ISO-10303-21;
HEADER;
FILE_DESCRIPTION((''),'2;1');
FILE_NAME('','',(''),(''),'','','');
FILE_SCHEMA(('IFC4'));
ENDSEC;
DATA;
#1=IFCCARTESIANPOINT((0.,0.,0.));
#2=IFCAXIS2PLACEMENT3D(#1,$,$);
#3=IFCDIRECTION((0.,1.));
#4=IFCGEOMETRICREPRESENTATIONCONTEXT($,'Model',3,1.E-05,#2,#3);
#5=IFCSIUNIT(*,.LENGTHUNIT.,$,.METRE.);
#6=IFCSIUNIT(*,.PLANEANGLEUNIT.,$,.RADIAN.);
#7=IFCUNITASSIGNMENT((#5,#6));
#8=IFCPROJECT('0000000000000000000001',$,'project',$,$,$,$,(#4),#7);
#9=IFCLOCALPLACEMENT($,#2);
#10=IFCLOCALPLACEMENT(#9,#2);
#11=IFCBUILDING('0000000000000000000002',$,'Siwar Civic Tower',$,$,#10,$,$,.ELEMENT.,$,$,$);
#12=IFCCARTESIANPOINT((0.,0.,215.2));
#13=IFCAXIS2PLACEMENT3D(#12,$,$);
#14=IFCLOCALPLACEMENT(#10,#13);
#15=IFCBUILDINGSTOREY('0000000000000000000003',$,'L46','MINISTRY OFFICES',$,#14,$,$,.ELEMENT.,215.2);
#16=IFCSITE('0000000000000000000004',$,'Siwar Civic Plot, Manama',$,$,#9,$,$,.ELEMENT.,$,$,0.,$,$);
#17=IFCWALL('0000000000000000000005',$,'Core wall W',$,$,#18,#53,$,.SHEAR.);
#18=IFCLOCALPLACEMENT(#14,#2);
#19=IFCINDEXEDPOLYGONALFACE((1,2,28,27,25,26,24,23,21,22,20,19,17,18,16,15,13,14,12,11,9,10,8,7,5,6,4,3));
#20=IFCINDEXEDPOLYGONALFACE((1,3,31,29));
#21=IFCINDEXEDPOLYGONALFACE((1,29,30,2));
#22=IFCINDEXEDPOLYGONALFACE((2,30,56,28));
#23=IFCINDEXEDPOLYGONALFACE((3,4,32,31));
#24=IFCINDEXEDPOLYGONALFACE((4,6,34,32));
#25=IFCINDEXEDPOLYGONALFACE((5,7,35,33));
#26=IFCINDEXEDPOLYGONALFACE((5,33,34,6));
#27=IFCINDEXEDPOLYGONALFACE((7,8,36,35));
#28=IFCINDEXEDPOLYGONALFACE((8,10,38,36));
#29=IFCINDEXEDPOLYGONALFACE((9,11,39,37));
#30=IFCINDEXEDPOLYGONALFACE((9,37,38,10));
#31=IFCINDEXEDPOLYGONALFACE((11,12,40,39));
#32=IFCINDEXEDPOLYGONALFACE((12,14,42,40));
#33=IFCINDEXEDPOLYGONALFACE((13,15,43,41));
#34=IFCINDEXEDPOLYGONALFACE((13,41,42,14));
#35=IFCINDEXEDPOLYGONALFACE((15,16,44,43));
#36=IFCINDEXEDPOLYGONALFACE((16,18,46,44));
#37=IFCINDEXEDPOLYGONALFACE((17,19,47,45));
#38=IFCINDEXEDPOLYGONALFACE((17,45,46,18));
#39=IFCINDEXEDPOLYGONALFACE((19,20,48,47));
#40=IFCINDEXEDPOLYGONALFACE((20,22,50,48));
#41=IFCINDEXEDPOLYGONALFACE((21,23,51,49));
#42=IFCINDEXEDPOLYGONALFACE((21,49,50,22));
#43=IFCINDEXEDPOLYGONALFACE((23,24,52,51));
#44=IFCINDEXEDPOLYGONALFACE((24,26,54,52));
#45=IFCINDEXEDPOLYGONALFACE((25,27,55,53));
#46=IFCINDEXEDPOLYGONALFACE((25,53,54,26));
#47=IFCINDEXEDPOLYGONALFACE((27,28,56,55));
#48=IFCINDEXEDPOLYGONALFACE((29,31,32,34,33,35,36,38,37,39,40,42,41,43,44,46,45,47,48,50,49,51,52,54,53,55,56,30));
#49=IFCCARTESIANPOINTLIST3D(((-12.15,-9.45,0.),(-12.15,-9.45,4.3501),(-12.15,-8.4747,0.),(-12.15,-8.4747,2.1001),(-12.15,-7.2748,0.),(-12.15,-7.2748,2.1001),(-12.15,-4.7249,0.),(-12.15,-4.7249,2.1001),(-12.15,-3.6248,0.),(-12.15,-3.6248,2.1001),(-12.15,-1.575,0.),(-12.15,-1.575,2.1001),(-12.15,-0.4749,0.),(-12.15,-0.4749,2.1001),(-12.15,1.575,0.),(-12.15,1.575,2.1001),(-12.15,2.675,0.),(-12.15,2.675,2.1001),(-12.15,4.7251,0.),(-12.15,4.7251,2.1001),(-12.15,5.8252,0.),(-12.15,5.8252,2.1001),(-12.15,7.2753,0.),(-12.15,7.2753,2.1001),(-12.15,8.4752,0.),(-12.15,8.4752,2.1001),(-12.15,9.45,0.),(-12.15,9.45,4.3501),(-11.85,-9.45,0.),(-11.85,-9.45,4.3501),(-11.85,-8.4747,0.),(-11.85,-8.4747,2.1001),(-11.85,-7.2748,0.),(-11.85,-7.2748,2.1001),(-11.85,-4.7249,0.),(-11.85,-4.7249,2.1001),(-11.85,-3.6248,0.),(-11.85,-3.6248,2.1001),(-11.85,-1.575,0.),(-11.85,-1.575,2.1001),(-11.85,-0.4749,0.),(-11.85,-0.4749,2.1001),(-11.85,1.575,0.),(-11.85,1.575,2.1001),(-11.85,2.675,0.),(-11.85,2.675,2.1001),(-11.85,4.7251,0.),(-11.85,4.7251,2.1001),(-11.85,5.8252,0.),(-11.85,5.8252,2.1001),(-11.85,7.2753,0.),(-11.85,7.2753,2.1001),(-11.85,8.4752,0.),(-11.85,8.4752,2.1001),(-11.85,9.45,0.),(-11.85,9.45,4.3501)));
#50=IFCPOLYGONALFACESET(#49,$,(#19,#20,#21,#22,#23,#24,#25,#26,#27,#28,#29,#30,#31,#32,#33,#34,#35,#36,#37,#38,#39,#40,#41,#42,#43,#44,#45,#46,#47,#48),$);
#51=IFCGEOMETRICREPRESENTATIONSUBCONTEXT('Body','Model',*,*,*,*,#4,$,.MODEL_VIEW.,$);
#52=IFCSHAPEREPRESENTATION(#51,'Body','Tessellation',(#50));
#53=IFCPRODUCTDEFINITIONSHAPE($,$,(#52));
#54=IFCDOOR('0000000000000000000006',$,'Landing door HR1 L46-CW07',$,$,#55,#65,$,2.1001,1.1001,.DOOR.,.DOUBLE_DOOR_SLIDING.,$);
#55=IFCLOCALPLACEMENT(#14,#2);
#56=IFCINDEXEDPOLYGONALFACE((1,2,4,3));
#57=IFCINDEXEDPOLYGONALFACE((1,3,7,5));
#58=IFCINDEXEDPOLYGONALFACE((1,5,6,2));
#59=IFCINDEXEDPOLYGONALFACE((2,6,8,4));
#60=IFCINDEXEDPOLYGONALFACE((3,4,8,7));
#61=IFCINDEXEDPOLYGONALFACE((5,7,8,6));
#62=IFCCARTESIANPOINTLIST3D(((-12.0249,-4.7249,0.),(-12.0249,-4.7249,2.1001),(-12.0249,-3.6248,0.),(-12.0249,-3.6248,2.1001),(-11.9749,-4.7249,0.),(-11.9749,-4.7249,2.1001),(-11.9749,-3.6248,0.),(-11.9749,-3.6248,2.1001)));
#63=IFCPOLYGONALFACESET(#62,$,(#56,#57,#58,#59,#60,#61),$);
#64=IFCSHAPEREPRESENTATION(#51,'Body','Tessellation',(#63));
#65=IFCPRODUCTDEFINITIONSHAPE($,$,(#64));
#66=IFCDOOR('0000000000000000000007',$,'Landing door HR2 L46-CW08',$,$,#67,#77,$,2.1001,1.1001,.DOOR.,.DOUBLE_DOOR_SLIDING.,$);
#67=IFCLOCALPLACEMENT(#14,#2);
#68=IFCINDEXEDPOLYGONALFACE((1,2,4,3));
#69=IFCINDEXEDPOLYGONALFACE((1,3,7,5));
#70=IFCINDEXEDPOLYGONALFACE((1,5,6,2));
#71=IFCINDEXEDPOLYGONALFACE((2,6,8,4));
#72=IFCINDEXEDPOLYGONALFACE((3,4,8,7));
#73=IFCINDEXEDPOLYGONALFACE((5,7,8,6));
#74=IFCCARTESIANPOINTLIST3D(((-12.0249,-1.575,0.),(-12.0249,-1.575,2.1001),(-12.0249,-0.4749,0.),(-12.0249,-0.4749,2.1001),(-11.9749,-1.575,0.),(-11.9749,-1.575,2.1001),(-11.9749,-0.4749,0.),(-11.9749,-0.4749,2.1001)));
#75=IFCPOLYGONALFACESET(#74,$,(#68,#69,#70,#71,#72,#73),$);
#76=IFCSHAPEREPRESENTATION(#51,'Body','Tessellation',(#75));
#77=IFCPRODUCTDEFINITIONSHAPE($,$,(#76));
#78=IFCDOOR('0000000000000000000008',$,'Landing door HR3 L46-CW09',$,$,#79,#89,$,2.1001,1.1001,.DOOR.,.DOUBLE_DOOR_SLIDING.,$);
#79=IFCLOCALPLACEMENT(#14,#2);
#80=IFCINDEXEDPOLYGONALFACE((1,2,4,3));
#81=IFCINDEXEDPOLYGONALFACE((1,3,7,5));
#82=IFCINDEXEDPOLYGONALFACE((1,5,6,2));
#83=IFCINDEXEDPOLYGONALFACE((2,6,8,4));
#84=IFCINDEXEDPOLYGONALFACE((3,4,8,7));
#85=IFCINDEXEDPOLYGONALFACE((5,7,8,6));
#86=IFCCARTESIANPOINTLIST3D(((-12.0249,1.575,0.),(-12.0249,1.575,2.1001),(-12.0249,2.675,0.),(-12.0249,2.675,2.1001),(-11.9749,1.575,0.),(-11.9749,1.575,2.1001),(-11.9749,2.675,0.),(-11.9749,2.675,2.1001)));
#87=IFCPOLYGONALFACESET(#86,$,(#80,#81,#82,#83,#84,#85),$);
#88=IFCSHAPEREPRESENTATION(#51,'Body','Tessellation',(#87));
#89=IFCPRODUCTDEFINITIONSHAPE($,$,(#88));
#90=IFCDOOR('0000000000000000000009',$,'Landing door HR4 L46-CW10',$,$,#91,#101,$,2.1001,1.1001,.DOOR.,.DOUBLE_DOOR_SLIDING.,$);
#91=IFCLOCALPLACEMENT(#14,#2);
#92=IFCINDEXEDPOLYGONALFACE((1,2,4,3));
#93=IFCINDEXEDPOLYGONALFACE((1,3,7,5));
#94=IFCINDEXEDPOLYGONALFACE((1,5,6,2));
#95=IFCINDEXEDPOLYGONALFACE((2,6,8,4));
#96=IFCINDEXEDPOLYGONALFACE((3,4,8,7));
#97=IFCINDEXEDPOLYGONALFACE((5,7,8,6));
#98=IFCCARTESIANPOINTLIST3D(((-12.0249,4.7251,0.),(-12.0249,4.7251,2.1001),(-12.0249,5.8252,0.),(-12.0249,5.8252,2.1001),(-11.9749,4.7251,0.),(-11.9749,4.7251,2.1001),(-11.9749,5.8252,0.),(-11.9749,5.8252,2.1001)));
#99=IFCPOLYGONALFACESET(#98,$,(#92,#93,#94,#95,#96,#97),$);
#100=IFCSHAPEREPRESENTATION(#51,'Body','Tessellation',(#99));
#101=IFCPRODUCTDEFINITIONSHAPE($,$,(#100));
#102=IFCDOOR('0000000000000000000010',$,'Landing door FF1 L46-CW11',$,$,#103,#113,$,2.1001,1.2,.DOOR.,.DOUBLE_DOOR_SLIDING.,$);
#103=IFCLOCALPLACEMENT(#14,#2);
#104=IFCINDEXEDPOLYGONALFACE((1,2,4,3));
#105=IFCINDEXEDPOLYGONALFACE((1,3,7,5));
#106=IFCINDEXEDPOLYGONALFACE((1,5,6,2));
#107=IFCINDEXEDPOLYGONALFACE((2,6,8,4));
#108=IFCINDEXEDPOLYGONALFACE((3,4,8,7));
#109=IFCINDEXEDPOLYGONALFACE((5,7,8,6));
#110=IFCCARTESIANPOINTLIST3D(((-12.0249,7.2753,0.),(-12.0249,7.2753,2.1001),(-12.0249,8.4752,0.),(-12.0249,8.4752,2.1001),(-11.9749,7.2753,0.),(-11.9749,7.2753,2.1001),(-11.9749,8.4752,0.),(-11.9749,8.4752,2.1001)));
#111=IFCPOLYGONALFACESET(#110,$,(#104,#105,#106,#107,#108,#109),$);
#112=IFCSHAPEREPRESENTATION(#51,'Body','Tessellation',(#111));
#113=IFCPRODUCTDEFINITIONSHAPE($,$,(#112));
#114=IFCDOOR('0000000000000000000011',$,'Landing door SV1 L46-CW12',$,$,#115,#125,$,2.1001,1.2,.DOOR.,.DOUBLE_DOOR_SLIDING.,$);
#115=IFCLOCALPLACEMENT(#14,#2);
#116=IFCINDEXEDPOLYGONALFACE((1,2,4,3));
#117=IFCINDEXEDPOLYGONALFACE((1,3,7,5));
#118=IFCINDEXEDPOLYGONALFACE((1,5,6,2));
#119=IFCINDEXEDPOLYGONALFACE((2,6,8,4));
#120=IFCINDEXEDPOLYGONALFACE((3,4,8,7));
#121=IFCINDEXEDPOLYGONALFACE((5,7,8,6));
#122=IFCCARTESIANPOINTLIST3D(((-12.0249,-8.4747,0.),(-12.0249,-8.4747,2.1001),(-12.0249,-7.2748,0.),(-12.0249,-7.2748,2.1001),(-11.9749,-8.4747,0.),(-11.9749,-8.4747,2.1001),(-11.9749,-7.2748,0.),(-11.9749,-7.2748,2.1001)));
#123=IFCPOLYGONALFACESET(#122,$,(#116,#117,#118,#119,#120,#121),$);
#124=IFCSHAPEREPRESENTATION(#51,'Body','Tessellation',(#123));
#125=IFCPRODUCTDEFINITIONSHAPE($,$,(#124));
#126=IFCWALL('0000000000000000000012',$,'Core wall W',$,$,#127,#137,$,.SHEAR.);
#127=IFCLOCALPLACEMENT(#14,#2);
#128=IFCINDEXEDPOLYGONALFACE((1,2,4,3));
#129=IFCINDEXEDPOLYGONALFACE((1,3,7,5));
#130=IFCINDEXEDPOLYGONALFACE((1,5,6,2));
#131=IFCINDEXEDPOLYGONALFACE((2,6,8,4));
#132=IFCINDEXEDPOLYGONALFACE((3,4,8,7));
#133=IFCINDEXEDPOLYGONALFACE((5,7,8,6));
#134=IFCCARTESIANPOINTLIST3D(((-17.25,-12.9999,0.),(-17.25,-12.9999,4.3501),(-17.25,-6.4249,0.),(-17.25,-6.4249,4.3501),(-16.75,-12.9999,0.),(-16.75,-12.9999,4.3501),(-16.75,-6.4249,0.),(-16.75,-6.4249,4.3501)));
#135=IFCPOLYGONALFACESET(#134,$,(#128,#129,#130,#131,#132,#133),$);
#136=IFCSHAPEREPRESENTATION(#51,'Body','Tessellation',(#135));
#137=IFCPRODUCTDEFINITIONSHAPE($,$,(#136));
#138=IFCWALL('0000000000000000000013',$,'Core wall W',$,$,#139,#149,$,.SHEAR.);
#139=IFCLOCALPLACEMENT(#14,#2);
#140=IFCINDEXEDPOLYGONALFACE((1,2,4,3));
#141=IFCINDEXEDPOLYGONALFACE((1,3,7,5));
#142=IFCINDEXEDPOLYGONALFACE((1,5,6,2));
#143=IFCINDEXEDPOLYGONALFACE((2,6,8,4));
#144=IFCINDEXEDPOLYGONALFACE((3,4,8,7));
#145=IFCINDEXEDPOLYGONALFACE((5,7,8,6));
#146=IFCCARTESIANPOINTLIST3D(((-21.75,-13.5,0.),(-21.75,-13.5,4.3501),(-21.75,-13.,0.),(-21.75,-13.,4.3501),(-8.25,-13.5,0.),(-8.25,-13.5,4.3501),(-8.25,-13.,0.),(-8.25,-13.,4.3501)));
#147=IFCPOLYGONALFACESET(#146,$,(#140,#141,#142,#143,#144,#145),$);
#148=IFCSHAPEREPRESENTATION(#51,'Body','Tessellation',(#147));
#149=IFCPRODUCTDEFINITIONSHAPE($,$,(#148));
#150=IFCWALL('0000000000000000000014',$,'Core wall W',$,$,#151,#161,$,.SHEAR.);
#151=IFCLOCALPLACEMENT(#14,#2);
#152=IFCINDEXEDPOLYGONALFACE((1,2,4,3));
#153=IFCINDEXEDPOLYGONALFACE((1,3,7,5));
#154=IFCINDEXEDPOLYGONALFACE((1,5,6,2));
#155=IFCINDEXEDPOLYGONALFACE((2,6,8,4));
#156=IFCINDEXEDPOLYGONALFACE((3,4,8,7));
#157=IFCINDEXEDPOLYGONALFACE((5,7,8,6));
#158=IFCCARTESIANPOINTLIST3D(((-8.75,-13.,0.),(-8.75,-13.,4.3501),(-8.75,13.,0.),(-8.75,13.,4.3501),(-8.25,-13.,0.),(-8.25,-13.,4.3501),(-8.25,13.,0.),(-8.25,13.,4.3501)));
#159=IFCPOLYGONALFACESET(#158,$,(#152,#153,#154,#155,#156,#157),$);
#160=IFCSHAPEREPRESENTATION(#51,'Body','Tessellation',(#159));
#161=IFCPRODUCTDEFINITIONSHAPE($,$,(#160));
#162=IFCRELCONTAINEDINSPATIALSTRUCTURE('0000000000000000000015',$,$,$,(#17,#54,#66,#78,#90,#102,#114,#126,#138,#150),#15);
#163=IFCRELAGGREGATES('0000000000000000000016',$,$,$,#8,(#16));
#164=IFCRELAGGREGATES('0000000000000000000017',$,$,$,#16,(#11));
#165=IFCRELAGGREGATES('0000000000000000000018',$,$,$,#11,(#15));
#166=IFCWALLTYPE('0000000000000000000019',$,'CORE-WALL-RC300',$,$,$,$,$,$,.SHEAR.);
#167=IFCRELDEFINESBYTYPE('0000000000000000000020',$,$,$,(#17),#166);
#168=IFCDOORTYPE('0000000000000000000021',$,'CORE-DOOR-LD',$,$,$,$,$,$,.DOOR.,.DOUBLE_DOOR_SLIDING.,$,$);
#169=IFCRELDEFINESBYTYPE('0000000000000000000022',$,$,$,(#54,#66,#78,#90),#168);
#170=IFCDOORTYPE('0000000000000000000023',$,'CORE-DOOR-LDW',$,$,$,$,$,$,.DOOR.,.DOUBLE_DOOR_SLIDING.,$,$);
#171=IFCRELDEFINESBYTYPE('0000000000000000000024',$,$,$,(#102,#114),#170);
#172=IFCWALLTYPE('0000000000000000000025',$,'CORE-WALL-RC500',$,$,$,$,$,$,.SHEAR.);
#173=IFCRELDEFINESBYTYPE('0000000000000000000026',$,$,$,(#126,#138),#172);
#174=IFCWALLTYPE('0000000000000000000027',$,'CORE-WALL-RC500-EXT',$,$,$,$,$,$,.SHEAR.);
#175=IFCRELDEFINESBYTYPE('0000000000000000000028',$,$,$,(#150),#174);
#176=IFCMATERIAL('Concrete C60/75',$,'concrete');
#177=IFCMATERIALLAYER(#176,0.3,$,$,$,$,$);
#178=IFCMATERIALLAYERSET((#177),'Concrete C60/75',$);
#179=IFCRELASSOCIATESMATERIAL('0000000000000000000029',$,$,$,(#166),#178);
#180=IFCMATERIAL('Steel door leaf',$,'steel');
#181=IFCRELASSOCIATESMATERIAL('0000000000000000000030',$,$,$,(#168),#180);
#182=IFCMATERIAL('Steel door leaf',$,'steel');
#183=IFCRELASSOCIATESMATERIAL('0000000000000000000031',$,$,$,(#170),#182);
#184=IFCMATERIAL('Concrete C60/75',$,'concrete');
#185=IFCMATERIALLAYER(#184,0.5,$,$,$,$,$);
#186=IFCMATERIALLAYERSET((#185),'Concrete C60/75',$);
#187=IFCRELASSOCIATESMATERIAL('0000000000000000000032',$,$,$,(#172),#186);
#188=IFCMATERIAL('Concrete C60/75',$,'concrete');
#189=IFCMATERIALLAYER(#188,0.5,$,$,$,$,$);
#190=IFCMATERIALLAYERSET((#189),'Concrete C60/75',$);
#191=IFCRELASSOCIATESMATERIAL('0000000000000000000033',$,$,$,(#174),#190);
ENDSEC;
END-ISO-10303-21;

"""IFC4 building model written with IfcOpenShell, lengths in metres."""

from ifc_helpers import new_model, si_unit, direction, frame, frame_2d, origin, place, context, subcontext, project, spatial, rectangle, extrude, material, layer, layer_set, type_object, element, fill, save


model = new_model("IFC4")

# Units and contexts
model_context = context("Model", 3, precision=1e-05, world=origin(), true_north=direction((0.0, 1.0)))
body_context = subcontext(model_context, "Body", "Model", "MODEL_VIEW")
ifc_project = project(units=[si_unit("LENGTHUNIT", "METRE"), si_unit("PLANEANGLEUNIT", "RADIAN")], contexts=[model_context])

# Site, building, storey
site_placement = place(None, origin())
site = spatial("IfcSite", under=ifc_project, at=site_placement, Name="Siwar Civic Plot, Manama", CompositionType="ELEMENT", RefElevation=0.0)
building_placement = place(site_placement, origin())
building = spatial("IfcBuilding", under=site, at=building_placement, Name="Siwar Civic Tower", CompositionType="ELEMENT")
storey_placement = place(building_placement, frame((0.0, 0.0, 215.2)))
storey = spatial("IfcBuildingStorey", under=building, at=storey_placement, Name="L46", Description="MINISTRY OFFICES", CompositionType="ELEMENT", Elevation=215.2)

# Wall, openings, doors
ifc_material_1 = material(Name="Concrete C60/75", Category="concrete")
ifc_layer_1 = layer(ifc_material_1, 0.3)
ifc_layer_set_1 = layer_set([ifc_layer_1], Name="Concrete C60/75")
wall_type_1 = type_object("IfcWallType", Name="CORE-WALL-RC300", PredefinedType="SHEAR", material=ifc_layer_set_1)
wall_1_placement = place(storey_placement, frame((-12.0, -9.45, 0.0), z_axis=(0.0, 0.0, 1.0), x_axis=(0.0, 1.0, 0.0)))
wall_1 = element("IfcWall", 1, at=wall_1_placement, inside=storey, type_object=wall_type_1, Name="Core wall W", PredefinedType="SHEAR", context=body_context, shape_type="SweptSolid", body=[
    extrude(rectangle(XDim=18.8999, YDim=0.3, at=frame_2d((9.45, 0.0))), origin(), (0.0, 0.0, 1.0), 4.3501),
])
opening_1_placement = place(wall_1_placement, frame((4.7251, 0.0, 0.0)))
opening_1 = element("IfcOpeningElement", 2, at=opening_1_placement, cuts=wall_1, PredefinedType="OPENING", context=body_context, shape_type="SweptSolid", body=[
    extrude(rectangle(XDim=1.1001, YDim=2.1001, at=frame_2d((0.55, 1.05))), frame((0.0, 0.1602, 0.0), z_axis=(0.0, -1.0, 0.0), x_axis=(1.0, 0.0, 0.0)), (0.0, 0.0, 1.0), 0.3201),
])
opening_2_placement = place(wall_1_placement, frame((7.875, 0.0, 0.0)))
opening_2 = element("IfcOpeningElement", 3, at=opening_2_placement, cuts=wall_1, PredefinedType="OPENING", context=body_context, shape_type="SweptSolid", body=[
    extrude(rectangle(XDim=1.1001, YDim=2.1001, at=frame_2d((0.55, 1.05))), frame((0.0, 0.1602, 0.0), z_axis=(0.0, -1.0, 0.0), x_axis=(1.0, 0.0, 0.0)), (0.0, 0.0, 1.0), 0.3201),
])
opening_3_placement = place(wall_1_placement, frame((11.0249, 0.0, 0.0)))
opening_3 = element("IfcOpeningElement", 4, at=opening_3_placement, cuts=wall_1, PredefinedType="OPENING", context=body_context, shape_type="SweptSolid", body=[
    extrude(rectangle(XDim=1.1001, YDim=2.1001, at=frame_2d((0.55, 1.05))), frame((0.0, 0.1602, 0.0), z_axis=(0.0, -1.0, 0.0), x_axis=(1.0, 0.0, 0.0)), (0.0, 0.0, 1.0), 0.3201),
])
opening_4_placement = place(wall_1_placement, frame((14.175, 0.0, 0.0)))
opening_4 = element("IfcOpeningElement", 5, at=opening_4_placement, cuts=wall_1, PredefinedType="OPENING", context=body_context, shape_type="SweptSolid", body=[
    extrude(rectangle(XDim=1.1001, YDim=2.1001, at=frame_2d((0.55, 1.05))), frame((0.0, 0.1602, 0.0), z_axis=(0.0, -1.0, 0.0), x_axis=(1.0, 0.0, 0.0)), (0.0, 0.0, 1.0), 0.3201),
])
opening_5_placement = place(wall_1_placement, frame((16.7251, 0.0, 0.0)))
opening_5 = element("IfcOpeningElement", 6, at=opening_5_placement, cuts=wall_1, PredefinedType="OPENING", context=body_context, shape_type="SweptSolid", body=[
    extrude(rectangle(XDim=1.2, YDim=2.1001, at=frame_2d((0.6001, 1.05))), frame((0.0, 0.1602, 0.0), z_axis=(0.0, -1.0, 0.0), x_axis=(1.0, 0.0, 0.0)), (0.0, 0.0, 1.0), 0.3201),
])
opening_6_placement = place(wall_1_placement, frame((0.9751, 0.0, 0.0)))
opening_6 = element("IfcOpeningElement", 7, at=opening_6_placement, cuts=wall_1, PredefinedType="OPENING", context=body_context, shape_type="SweptSolid", body=[
    extrude(rectangle(XDim=1.2, YDim=2.1001, at=frame_2d((0.6001, 1.05))), frame((0.0, 0.1602, 0.0), z_axis=(0.0, -1.0, 0.0), x_axis=(1.0, 0.0, 0.0)), (0.0, 0.0, 1.0), 0.3201),
])
ifc_material_2 = material(Name="Steel door leaf", Category="steel")
door_type_1 = type_object("IfcDoorType", Name="CORE-DOOR-LD", OperationType="DOUBLE_DOOR_SLIDING", PredefinedType="DOOR", material=ifc_material_2)
door_1_placement = place(opening_1_placement, origin())
door_1 = element("IfcDoor", 8, at=door_1_placement, inside=storey, type_object=door_type_1, Name="Landing door HR1 L46-CW07", OperationType="DOUBLE_DOOR_SLIDING", OverallHeight=2.1001, OverallWidth=1.1001, PredefinedType="DOOR", context=body_context, shape_type="SweptSolid", body=[
    extrude(rectangle(XDim=1.1001, YDim=2.1001, at=frame_2d((0.55, 1.05))), frame((0.0, 0.0249, 0.0), z_axis=(0.0, -1.0, 0.0), x_axis=(1.0, 0.0, 0.0)), (0.0, 0.0, 1.0), 0.05),
])
fill(opening_1, door_1)
door_2_placement = place(opening_2_placement, origin())
door_2 = element("IfcDoor", 9, at=door_2_placement, inside=storey, type_object=door_type_1, Name="Landing door HR2 L46-CW08", OperationType="DOUBLE_DOOR_SLIDING", OverallHeight=2.1001, OverallWidth=1.1001, PredefinedType="DOOR", context=body_context, shape_type="SweptSolid", body=[
    extrude(rectangle(XDim=1.1001, YDim=2.1001, at=frame_2d((0.55, 1.05))), frame((0.0, 0.0249, 0.0), z_axis=(0.0, -1.0, 0.0), x_axis=(1.0, 0.0, 0.0)), (0.0, 0.0, 1.0), 0.05),
])
fill(opening_2, door_2)
door_3_placement = place(opening_3_placement, origin())
door_3 = element("IfcDoor", 10, at=door_3_placement, inside=storey, type_object=door_type_1, Name="Landing door HR3 L46-CW09", OperationType="DOUBLE_DOOR_SLIDING", OverallHeight=2.1001, OverallWidth=1.1001, PredefinedType="DOOR", context=body_context, shape_type="SweptSolid", body=[
    extrude(rectangle(XDim=1.1001, YDim=2.1001, at=frame_2d((0.55, 1.05))), frame((0.0, 0.0249, 0.0), z_axis=(0.0, -1.0, 0.0), x_axis=(1.0, 0.0, 0.0)), (0.0, 0.0, 1.0), 0.05),
])
fill(opening_3, door_3)
door_4_placement = place(opening_4_placement, origin())
door_4 = element("IfcDoor", 11, at=door_4_placement, inside=storey, type_object=door_type_1, Name="Landing door HR4 L46-CW10", OperationType="DOUBLE_DOOR_SLIDING", OverallHeight=2.1001, OverallWidth=1.1001, PredefinedType="DOOR", context=body_context, shape_type="SweptSolid", body=[
    extrude(rectangle(XDim=1.1001, YDim=2.1001, at=frame_2d((0.55, 1.05))), frame((0.0, 0.0249, 0.0), z_axis=(0.0, -1.0, 0.0), x_axis=(1.0, 0.0, 0.0)), (0.0, 0.0, 1.0), 0.05),
])
fill(opening_4, door_4)
ifc_material_3 = material(Name="Steel door leaf", Category="steel")
door_type_2 = type_object("IfcDoorType", Name="CORE-DOOR-LDW", OperationType="DOUBLE_DOOR_SLIDING", PredefinedType="DOOR", material=ifc_material_3)
door_5_placement = place(opening_5_placement, origin())
door_5 = element("IfcDoor", 12, at=door_5_placement, inside=storey, type_object=door_type_2, Name="Landing door FF1 L46-CW11", OperationType="DOUBLE_DOOR_SLIDING", OverallHeight=2.1001, OverallWidth=1.2, PredefinedType="DOOR", context=body_context, shape_type="SweptSolid", body=[
    extrude(rectangle(XDim=1.2, YDim=2.1001, at=frame_2d((0.6001, 1.05))), frame((0.0, 0.0249, 0.0), z_axis=(0.0, -1.0, 0.0), x_axis=(1.0, 0.0, 0.0)), (0.0, 0.0, 1.0), 0.05),
])
fill(opening_5, door_5)
door_6_placement = place(opening_6_placement, origin())
door_6 = element("IfcDoor", 13, at=door_6_placement, inside=storey, type_object=door_type_2, Name="Landing door SV1 L46-CW12", OperationType="DOUBLE_DOOR_SLIDING", OverallHeight=2.1001, OverallWidth=1.2, PredefinedType="DOOR", context=body_context, shape_type="SweptSolid", body=[
    extrude(rectangle(XDim=1.2, YDim=2.1001, at=frame_2d((0.6001, 1.05))), frame((0.0, 0.0249, 0.0), z_axis=(0.0, -1.0, 0.0), x_axis=(1.0, 0.0, 0.0)), (0.0, 0.0, 1.0), 0.05),
])
fill(opening_6, door_6)

# Walls
ifc_material_4 = material(Name="Concrete C60/75", Category="concrete")
ifc_layer_2 = layer(ifc_material_4, 0.5)
ifc_layer_set_2 = layer_set([ifc_layer_2], Name="Concrete C60/75")
wall_type_2 = type_object("IfcWallType", Name="CORE-WALL-RC500", PredefinedType="SHEAR", material=ifc_layer_set_2)
wall_2_placement = place(storey_placement, frame((-17.0, -13.0, 0.0), z_axis=(0.0, 0.0, 1.0), x_axis=(0.0, 1.0, 0.0)))
element("IfcWall", 14, at=wall_2_placement, inside=storey, type_object=wall_type_2, Name="Core wall W", PredefinedType="SHEAR", context=body_context, shape_type="SweptSolid", body=[
    extrude(rectangle(XDim=6.575, YDim=0.5, at=frame_2d((3.2876, 0.0))), origin(), (0.0, 0.0, 1.0), 4.3501),
])
wall_3_placement = place(storey_placement, frame((-8.25, -13.25, 0.0), z_axis=(0.0, 0.0, 1.0), x_axis=(-1.0, 0.0, 0.0)))
element("IfcWall", 15, at=wall_3_placement, inside=storey, type_object=wall_type_2, Name="Core wall W", PredefinedType="SHEAR", context=body_context, shape_type="SweptSolid", body=[
    extrude(rectangle(XDim=13.5, YDim=0.5, at=frame_2d((6.75, 0.0))), origin(), (0.0, 0.0, 1.0), 4.3501),
])
ifc_material_5 = material(Name="Concrete C60/75", Category="concrete")
ifc_layer_3 = layer(ifc_material_5, 0.5)
ifc_layer_set_3 = layer_set([ifc_layer_3], Name="Concrete C60/75")
wall_type_3 = type_object("IfcWallType", Name="CORE-WALL-RC500-EXT", PredefinedType="SHEAR", material=ifc_layer_set_3)
wall_4_placement = place(storey_placement, frame((-8.5, -13.0, 0.0), z_axis=(0.0, 0.0, 1.0), x_axis=(0.0, 1.0, 0.0)))
element("IfcWall", 16, at=wall_4_placement, inside=storey, type_object=wall_type_3, Name="Core wall W", PredefinedType="SHEAR", context=body_context, shape_type="SweptSolid", body=[
    extrude(rectangle(XDim=26.0, YDim=0.5, at=frame_2d((13.0, 0.0))), origin(), (0.0, 0.0, 1.0), 4.3501),
])

save(model, "model.ifc")
